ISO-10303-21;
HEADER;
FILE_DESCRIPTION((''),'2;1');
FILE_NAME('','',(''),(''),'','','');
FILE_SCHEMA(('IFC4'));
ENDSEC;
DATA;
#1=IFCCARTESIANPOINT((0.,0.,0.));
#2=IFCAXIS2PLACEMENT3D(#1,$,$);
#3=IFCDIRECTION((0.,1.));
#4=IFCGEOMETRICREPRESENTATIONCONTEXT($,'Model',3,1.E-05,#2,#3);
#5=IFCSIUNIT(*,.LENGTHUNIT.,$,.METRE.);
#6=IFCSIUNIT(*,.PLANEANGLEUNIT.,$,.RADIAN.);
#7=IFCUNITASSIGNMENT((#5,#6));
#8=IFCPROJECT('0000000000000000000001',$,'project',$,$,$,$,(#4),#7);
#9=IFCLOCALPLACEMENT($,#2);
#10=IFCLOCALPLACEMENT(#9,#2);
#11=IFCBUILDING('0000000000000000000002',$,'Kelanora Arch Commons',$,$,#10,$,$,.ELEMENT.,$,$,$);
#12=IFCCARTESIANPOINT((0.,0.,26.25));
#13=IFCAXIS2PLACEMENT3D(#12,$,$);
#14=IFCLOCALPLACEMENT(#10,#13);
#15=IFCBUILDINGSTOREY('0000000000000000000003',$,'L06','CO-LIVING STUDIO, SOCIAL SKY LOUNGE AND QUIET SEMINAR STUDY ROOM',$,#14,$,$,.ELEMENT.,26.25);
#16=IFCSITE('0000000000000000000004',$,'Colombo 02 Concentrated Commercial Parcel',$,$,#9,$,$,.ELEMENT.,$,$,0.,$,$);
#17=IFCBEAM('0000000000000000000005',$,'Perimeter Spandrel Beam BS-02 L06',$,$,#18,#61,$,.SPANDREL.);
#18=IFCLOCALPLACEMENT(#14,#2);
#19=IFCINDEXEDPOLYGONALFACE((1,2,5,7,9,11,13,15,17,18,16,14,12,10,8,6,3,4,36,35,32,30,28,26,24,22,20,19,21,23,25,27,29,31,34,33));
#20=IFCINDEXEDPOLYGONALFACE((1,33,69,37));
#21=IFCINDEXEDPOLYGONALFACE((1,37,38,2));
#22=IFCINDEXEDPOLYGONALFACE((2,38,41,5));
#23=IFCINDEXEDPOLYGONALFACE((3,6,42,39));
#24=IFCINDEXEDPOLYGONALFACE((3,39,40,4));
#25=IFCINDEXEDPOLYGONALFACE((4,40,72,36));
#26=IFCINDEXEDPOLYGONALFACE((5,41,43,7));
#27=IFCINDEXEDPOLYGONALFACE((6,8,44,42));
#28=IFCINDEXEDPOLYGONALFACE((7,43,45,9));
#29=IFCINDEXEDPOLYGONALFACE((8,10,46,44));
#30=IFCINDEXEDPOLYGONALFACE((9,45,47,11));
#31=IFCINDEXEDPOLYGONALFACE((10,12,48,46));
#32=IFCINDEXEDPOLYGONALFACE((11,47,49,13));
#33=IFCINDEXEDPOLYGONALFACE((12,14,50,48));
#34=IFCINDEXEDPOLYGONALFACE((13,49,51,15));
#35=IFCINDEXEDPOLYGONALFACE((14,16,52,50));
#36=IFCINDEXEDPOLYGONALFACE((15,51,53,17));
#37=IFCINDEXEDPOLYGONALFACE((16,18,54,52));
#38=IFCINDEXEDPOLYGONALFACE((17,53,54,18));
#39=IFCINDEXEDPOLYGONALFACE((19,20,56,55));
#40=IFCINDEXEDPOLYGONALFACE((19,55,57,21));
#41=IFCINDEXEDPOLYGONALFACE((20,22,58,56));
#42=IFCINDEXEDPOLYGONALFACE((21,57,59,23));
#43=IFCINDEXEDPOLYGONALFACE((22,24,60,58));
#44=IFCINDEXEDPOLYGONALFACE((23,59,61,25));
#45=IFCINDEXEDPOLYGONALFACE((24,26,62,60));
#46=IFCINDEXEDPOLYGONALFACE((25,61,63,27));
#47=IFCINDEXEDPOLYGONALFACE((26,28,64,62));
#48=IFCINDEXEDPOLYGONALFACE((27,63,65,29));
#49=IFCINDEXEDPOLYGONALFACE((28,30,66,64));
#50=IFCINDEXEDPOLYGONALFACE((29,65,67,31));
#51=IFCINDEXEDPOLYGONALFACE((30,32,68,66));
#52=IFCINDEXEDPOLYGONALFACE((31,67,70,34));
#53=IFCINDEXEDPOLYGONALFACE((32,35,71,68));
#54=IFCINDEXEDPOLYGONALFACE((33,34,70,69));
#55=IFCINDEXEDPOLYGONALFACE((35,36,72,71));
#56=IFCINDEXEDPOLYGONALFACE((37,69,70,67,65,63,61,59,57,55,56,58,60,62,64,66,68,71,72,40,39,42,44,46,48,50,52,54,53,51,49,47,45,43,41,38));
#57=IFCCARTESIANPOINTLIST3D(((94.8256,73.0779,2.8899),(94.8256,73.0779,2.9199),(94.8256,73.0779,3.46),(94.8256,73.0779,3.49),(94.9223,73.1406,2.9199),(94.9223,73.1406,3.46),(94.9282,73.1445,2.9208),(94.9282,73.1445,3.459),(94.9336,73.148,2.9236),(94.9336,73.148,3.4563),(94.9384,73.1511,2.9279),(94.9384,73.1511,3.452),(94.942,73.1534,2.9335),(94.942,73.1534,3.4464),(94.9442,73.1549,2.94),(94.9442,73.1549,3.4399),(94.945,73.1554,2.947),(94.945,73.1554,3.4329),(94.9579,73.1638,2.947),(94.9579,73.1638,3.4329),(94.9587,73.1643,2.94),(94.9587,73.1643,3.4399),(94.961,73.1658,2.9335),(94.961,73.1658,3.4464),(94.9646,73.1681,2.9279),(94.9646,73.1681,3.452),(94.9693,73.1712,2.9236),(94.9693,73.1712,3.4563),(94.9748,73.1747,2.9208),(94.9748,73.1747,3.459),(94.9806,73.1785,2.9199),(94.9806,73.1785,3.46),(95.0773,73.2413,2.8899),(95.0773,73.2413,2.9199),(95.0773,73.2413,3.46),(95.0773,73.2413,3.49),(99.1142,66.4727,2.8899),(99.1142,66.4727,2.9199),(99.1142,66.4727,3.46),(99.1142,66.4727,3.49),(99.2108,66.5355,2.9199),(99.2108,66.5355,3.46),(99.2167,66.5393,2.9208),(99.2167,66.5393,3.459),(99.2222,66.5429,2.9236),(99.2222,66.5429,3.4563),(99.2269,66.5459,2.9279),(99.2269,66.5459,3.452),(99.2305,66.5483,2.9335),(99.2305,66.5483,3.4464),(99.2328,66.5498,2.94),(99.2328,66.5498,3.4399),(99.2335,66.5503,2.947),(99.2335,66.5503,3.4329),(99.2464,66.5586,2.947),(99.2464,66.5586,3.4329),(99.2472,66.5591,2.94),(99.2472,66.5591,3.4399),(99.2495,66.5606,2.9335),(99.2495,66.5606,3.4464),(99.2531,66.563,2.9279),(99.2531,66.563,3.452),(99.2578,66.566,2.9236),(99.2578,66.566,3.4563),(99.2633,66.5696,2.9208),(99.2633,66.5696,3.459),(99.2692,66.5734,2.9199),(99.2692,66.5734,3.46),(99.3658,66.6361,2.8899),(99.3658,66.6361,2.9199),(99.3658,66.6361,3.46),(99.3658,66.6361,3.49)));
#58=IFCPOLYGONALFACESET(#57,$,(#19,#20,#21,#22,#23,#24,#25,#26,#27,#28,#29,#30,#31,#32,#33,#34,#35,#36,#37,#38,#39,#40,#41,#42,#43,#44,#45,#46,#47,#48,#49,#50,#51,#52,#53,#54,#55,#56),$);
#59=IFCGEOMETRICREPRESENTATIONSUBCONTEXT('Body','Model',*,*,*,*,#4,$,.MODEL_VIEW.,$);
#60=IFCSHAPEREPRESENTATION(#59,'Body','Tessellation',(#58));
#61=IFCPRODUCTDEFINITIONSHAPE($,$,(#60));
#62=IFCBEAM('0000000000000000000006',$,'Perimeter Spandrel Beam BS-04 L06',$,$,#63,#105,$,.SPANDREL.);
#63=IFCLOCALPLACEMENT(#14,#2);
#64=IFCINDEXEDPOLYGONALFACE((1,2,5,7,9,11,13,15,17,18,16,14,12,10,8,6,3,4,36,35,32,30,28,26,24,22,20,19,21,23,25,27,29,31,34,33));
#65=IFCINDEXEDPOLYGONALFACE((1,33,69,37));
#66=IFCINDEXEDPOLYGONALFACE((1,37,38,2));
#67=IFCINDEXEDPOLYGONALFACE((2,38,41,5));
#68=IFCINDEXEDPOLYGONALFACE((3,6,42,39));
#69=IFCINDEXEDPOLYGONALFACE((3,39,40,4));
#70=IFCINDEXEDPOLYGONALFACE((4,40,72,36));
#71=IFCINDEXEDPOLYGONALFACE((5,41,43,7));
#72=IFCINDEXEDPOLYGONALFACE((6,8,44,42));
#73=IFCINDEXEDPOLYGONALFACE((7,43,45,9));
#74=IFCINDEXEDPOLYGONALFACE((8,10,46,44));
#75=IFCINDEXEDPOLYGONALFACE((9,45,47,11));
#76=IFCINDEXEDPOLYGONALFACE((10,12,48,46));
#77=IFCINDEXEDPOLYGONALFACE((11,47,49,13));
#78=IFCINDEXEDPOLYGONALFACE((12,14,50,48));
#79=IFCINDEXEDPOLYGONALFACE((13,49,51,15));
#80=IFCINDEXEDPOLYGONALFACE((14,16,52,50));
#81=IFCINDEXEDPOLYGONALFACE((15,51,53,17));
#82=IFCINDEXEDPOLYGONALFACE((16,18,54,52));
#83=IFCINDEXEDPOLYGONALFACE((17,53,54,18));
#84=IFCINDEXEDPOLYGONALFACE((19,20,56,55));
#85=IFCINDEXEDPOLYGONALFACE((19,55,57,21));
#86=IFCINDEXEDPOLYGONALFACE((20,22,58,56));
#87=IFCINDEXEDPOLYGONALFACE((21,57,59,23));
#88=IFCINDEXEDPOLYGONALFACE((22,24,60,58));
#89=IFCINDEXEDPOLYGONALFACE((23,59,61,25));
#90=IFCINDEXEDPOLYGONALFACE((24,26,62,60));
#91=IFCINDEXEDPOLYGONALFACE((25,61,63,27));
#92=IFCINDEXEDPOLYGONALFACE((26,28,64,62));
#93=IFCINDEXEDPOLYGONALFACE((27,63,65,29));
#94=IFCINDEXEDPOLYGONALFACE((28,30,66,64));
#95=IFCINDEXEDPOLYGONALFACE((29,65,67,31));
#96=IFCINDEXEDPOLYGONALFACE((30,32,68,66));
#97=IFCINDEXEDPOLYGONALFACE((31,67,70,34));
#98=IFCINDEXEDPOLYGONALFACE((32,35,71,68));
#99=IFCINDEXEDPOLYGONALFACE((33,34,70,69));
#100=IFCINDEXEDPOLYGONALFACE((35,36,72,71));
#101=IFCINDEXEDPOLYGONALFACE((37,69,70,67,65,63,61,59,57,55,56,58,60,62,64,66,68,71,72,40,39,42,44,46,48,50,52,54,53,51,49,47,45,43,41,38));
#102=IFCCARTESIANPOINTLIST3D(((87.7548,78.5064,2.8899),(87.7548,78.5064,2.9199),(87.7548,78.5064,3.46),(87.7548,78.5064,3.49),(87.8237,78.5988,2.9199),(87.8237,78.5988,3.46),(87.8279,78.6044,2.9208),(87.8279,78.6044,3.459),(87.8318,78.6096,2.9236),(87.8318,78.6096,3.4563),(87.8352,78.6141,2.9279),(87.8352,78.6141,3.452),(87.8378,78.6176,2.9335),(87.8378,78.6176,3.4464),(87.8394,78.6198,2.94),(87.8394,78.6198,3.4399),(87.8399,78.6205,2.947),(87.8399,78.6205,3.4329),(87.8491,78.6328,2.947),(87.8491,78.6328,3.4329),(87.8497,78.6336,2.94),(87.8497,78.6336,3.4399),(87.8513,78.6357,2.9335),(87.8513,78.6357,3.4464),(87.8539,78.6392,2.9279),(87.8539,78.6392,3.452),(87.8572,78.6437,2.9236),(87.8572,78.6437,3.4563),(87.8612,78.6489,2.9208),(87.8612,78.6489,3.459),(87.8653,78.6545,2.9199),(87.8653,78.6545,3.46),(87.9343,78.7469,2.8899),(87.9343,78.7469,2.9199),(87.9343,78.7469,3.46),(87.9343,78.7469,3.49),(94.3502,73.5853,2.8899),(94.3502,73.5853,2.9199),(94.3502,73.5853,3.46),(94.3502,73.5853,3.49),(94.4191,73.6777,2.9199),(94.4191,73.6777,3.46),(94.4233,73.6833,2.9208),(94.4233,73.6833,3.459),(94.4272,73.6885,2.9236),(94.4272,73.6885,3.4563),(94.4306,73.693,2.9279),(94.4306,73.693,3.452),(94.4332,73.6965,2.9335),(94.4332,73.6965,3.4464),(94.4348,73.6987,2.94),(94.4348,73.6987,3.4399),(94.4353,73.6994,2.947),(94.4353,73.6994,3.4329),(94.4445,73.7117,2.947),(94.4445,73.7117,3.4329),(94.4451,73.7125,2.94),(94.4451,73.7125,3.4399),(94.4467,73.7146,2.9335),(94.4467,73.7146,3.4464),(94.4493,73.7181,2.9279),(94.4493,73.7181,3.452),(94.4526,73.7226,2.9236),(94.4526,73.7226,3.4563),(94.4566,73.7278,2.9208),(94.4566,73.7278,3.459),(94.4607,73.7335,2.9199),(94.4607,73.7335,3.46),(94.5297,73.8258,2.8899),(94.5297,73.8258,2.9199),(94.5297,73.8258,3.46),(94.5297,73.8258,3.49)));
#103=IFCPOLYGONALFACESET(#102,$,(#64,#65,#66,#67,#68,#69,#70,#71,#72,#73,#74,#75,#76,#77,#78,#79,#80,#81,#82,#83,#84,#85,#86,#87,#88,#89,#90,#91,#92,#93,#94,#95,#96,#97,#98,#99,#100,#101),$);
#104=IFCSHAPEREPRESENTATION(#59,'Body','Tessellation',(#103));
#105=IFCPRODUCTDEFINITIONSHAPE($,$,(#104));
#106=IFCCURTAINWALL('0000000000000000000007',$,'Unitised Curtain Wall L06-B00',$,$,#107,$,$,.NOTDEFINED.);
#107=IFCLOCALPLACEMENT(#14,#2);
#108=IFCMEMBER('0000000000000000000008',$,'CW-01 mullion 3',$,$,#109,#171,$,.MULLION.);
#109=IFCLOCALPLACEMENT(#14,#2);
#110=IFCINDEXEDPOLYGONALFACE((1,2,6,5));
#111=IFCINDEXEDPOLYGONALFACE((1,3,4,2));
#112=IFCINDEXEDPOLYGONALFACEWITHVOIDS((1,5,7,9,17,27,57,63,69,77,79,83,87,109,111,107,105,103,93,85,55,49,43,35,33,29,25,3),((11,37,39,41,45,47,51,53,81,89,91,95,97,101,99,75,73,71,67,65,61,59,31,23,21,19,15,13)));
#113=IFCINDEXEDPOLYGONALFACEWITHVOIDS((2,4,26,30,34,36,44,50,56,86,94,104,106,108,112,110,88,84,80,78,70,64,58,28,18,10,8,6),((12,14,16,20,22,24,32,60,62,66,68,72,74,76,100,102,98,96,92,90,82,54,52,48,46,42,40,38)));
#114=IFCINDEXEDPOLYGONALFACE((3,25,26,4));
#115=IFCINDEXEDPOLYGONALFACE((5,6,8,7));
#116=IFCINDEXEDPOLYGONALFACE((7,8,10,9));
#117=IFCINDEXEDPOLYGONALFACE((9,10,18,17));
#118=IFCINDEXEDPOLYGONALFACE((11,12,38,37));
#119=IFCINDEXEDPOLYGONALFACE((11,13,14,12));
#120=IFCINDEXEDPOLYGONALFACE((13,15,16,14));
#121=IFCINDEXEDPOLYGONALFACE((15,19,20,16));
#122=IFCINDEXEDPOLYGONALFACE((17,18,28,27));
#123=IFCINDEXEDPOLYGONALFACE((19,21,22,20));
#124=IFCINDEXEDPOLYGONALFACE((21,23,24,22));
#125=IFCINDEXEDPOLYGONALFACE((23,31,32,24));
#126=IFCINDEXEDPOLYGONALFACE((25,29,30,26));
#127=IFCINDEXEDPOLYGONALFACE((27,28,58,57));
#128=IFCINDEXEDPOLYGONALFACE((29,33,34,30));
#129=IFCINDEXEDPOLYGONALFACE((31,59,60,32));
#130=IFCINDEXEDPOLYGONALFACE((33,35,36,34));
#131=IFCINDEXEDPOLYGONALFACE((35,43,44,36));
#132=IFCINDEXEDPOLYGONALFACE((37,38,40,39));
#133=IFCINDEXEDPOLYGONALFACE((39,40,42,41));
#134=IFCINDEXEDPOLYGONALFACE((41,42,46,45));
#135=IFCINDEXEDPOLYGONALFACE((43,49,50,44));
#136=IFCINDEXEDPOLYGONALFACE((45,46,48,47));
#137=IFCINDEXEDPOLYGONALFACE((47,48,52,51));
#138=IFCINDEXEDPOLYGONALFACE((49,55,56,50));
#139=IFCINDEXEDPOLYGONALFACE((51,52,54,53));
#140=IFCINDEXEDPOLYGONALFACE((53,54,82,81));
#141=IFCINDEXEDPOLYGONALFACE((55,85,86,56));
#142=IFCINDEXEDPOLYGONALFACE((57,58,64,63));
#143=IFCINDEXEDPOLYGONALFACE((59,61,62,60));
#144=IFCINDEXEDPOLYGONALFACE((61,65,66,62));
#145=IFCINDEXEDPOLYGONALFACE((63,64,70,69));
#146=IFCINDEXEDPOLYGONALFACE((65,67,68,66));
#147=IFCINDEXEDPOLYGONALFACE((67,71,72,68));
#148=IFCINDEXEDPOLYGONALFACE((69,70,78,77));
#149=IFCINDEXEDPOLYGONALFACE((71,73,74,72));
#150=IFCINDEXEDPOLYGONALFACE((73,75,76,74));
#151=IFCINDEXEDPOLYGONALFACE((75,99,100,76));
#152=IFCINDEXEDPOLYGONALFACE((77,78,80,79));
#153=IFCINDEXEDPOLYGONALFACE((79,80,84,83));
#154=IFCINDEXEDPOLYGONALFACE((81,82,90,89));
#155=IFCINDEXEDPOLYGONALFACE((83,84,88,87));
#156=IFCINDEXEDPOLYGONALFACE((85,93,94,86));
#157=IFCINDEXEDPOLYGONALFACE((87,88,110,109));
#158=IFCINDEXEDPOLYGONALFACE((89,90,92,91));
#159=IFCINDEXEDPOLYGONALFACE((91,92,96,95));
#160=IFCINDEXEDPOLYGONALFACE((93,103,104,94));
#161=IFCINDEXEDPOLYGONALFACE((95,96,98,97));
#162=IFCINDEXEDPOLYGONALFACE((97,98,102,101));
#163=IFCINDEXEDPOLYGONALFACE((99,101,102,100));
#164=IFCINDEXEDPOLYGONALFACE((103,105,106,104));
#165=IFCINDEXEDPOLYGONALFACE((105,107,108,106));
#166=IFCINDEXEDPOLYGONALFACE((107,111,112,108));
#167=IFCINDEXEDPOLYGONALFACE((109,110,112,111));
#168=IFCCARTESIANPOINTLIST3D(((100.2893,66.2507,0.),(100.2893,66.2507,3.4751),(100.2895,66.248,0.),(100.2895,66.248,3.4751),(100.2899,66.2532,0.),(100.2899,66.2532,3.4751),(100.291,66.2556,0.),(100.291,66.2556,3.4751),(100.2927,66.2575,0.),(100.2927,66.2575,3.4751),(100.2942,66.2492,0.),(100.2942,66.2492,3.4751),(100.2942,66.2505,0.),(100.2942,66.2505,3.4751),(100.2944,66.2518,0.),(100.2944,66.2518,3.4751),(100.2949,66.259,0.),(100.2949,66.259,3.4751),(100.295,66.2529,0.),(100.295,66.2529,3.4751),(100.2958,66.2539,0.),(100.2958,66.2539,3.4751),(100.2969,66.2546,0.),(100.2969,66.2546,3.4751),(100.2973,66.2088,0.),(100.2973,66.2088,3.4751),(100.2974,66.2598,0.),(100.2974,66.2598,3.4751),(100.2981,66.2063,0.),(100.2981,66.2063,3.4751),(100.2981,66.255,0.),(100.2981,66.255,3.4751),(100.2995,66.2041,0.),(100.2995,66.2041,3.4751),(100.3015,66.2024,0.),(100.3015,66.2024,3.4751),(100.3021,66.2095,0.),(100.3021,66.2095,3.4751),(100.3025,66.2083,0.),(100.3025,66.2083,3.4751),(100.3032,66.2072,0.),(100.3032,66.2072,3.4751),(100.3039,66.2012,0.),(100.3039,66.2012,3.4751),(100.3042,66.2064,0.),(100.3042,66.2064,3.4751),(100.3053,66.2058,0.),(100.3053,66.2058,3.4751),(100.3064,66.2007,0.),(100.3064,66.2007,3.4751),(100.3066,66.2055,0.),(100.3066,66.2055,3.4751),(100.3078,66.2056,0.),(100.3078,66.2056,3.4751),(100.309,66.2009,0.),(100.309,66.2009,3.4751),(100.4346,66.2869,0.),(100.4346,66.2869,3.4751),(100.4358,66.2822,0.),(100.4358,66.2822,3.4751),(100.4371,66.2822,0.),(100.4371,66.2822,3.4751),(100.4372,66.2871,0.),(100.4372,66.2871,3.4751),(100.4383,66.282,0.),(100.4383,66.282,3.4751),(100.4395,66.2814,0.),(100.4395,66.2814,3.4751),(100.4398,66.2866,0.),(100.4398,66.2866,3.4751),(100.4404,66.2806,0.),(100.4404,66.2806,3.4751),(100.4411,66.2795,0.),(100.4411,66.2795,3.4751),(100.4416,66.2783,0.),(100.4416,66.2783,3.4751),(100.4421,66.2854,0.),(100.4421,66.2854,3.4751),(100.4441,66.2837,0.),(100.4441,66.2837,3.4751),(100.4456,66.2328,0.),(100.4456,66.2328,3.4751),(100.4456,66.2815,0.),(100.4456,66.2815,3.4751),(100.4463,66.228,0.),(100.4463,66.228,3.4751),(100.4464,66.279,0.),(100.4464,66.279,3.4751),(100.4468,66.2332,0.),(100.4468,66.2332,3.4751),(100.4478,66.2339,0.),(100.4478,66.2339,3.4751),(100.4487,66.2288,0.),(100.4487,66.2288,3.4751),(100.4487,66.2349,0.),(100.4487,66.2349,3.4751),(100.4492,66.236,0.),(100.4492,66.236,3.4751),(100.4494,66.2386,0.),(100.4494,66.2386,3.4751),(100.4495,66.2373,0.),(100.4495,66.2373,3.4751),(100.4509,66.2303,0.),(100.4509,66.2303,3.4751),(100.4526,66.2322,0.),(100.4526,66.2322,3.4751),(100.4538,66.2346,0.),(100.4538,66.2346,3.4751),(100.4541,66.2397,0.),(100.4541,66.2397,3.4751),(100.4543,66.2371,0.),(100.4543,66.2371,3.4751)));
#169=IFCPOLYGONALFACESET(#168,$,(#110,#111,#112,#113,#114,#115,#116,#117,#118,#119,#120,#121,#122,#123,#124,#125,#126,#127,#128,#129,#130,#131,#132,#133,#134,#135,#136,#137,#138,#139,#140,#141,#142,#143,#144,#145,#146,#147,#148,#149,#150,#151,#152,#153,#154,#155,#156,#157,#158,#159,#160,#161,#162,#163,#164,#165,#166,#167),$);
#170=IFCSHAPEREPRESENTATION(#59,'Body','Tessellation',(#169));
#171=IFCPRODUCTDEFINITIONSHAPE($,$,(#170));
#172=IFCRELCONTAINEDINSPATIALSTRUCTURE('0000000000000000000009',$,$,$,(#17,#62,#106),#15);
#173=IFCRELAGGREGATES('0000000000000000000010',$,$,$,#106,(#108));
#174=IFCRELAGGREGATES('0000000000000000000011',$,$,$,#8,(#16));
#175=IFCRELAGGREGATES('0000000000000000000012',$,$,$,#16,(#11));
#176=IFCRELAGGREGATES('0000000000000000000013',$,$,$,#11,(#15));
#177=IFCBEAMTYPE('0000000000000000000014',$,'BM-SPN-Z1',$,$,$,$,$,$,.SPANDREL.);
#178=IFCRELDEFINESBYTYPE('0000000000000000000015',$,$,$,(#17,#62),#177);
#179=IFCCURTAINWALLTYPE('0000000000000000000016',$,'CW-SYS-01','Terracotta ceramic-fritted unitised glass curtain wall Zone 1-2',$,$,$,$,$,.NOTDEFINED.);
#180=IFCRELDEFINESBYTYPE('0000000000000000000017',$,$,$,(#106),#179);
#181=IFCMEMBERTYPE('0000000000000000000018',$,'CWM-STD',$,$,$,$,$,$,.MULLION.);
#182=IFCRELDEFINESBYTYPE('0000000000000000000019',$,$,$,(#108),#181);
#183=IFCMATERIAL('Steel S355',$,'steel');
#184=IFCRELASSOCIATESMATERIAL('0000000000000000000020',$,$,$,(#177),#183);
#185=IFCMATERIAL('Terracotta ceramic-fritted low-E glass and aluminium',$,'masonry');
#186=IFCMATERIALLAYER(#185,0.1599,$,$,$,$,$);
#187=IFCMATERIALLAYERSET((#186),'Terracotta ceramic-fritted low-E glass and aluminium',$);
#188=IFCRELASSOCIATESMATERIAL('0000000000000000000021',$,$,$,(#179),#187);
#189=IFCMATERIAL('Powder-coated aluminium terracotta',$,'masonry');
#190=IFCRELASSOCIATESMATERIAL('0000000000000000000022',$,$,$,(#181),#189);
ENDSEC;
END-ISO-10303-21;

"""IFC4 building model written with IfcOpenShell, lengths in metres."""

from ifc_helpers import new_model, si_unit, direction, frame, origin, origin_2d, place, context, subcontext, project, spatial, hollow_rectangle, i_section, extrude, material, layer, layer_set, material_profile, profile_set, type_object, element, aggregate, save


model = new_model("IFC4")

# Units and contexts
model_context = context("Model", 3, precision=1e-05, world=origin(), true_north=direction((0.0, 1.0)))
body_context = subcontext(model_context, "Body", "Model", "MODEL_VIEW")
ifc_project = project(units=[si_unit("LENGTHUNIT", "METRE"), si_unit("PLANEANGLEUNIT", "RADIAN")], contexts=[model_context])

# Site, building, storey
site_placement = place(None, origin())
site = spatial("IfcSite", under=ifc_project, at=site_placement, Name="Colombo 02 Concentrated Commercial Parcel", CompositionType="ELEMENT", RefElevation=0.0)
building_placement = place(site_placement, origin())
building = spatial("IfcBuilding", under=site, at=building_placement, Name="Kelanora Arch Commons", CompositionType="ELEMENT")
storey_placement = place(building_placement, frame((0.0, 0.0, 26.25)))
storey = spatial("IfcBuildingStorey", under=building, at=storey_placement, Name="L06", Description="CO-LIVING STUDIO, SOCIAL SKY LOUNGE AND QUIET SEMINAR STUDY ROOM", CompositionType="ELEMENT", Elevation=26.25)

# Beams
ifc_material_1 = material(Name="Steel S355", Category="steel")
ifc_material_profile_1 = material_profile(ifc_material_1, i_section(OverallWidth=0.3, OverallDepth=0.6001, WebThickness=0.0154, FlangeThickness=0.03, FilletRadius=0.0271, at=origin_2d()), Name="HEB600")
ifc_profile_set_1 = profile_set([ifc_material_profile_1], Name="Steel S355")
beam_type_1 = type_object("IfcBeamType", Name="BM-SPN-Z1", PredefinedType="SPANDREL", material=ifc_profile_set_1)
beam_1_placement = place(storey_placement, frame((99.24, 66.5544, 3.1899), z_axis=(-0.544558, 0.838723, 0.0), x_axis=(-0.838723, -0.544558, 0.0)))
element("IfcBeam", 1, at=beam_1_placement, inside=storey, type_object=beam_type_1, Name="Perimeter Spandrel Beam BS-02 L06", PredefinedType="SPANDREL", context=body_context, shape_type="SweptSolid", body=[
    extrude(i_section(OverallWidth=0.3, OverallDepth=0.6001, WebThickness=0.0154, FlangeThickness=0.03, FilletRadius=0.0271, at=origin_2d()), origin(), (0.0, 0.0, 1.0), 7.8752),
])
beam_2_placement = place(storey_placement, frame((94.4399, 73.7056, 3.1899), z_axis=(-0.801482, 0.598019, 0.0), x_axis=(-0.598019, -0.801482, 0.0)))
element("IfcBeam", 2, at=beam_2_placement, inside=storey, type_object=beam_type_1, Name="Perimeter Spandrel Beam BS-04 L06", PredefinedType="SPANDREL", context=body_context, shape_type="SweptSolid", body=[
    extrude(i_section(OverallWidth=0.3, OverallDepth=0.6001, WebThickness=0.0154, FlangeThickness=0.03, FilletRadius=0.0271, at=origin_2d()), origin(), (0.0, 0.0, 1.0), 8.229),
])

# Curtain wall, member
ifc_material_2 = material(Name="Terracotta ceramic-fritted low-E glass and aluminium", Category="masonry")
ifc_layer_1 = layer(ifc_material_2, 0.1599)
ifc_layer_set_1 = layer_set([ifc_layer_1], Name="Terracotta ceramic-fritted low-E glass and aluminium")
curtain_wall_type = type_object("IfcCurtainWallType", Name="CW-SYS-01", Description="Terracotta ceramic-fritted unitised glass curtain wall Zone 1-2", PredefinedType="NOTDEFINED", material=ifc_layer_set_1)
curtain_wall_placement = place(storey_placement, origin())
curtain_wall = element("IfcCurtainWall", 3, at=curtain_wall_placement, inside=storey, type_object=curtain_wall_type, Name="Unitised Curtain Wall L06-B00", PredefinedType="NOTDEFINED")
ifc_material_3 = material(Name="Powder-coated aluminium terracotta", Category="masonry")
ifc_material_profile_2 = material_profile(ifc_material_3, hollow_rectangle(XDim=0.1599, YDim=0.0601, WallThickness=0.0049, InnerFilletRadius=0.0049, OuterFilletRadius=0.01, at=origin_2d()), Name="CWM160x60")
ifc_profile_set_2 = profile_set([ifc_material_profile_2], Name="Powder-coated aluminium terracotta")
member_type_1 = type_object("IfcMemberType", Name="CWM-STD", PredefinedType="MULLION", material=ifc_profile_set_2)
member_1_placement = place(storey_placement, frame((100.3718, 66.2439, 0.0), z_axis=(0.0, 0.0, 1.0), x_axis=(-0.981052, -0.193744, 0.0)))
member_1 = element("IfcMember", 4, at=member_1_placement, type_object=member_type_1, Name="CW-01 mullion 3", PredefinedType="MULLION", context=body_context, shape_type="SweptSolid", body=[
    extrude(hollow_rectangle(XDim=0.1599, YDim=0.0601, WallThickness=0.0049, InnerFilletRadius=0.0049, OuterFilletRadius=0.01, at=origin_2d()), origin(), (0.0, 0.0, 1.0), 3.4751),
])
aggregate(curtain_wall, [member_1])

save(model, "model.ifc")
